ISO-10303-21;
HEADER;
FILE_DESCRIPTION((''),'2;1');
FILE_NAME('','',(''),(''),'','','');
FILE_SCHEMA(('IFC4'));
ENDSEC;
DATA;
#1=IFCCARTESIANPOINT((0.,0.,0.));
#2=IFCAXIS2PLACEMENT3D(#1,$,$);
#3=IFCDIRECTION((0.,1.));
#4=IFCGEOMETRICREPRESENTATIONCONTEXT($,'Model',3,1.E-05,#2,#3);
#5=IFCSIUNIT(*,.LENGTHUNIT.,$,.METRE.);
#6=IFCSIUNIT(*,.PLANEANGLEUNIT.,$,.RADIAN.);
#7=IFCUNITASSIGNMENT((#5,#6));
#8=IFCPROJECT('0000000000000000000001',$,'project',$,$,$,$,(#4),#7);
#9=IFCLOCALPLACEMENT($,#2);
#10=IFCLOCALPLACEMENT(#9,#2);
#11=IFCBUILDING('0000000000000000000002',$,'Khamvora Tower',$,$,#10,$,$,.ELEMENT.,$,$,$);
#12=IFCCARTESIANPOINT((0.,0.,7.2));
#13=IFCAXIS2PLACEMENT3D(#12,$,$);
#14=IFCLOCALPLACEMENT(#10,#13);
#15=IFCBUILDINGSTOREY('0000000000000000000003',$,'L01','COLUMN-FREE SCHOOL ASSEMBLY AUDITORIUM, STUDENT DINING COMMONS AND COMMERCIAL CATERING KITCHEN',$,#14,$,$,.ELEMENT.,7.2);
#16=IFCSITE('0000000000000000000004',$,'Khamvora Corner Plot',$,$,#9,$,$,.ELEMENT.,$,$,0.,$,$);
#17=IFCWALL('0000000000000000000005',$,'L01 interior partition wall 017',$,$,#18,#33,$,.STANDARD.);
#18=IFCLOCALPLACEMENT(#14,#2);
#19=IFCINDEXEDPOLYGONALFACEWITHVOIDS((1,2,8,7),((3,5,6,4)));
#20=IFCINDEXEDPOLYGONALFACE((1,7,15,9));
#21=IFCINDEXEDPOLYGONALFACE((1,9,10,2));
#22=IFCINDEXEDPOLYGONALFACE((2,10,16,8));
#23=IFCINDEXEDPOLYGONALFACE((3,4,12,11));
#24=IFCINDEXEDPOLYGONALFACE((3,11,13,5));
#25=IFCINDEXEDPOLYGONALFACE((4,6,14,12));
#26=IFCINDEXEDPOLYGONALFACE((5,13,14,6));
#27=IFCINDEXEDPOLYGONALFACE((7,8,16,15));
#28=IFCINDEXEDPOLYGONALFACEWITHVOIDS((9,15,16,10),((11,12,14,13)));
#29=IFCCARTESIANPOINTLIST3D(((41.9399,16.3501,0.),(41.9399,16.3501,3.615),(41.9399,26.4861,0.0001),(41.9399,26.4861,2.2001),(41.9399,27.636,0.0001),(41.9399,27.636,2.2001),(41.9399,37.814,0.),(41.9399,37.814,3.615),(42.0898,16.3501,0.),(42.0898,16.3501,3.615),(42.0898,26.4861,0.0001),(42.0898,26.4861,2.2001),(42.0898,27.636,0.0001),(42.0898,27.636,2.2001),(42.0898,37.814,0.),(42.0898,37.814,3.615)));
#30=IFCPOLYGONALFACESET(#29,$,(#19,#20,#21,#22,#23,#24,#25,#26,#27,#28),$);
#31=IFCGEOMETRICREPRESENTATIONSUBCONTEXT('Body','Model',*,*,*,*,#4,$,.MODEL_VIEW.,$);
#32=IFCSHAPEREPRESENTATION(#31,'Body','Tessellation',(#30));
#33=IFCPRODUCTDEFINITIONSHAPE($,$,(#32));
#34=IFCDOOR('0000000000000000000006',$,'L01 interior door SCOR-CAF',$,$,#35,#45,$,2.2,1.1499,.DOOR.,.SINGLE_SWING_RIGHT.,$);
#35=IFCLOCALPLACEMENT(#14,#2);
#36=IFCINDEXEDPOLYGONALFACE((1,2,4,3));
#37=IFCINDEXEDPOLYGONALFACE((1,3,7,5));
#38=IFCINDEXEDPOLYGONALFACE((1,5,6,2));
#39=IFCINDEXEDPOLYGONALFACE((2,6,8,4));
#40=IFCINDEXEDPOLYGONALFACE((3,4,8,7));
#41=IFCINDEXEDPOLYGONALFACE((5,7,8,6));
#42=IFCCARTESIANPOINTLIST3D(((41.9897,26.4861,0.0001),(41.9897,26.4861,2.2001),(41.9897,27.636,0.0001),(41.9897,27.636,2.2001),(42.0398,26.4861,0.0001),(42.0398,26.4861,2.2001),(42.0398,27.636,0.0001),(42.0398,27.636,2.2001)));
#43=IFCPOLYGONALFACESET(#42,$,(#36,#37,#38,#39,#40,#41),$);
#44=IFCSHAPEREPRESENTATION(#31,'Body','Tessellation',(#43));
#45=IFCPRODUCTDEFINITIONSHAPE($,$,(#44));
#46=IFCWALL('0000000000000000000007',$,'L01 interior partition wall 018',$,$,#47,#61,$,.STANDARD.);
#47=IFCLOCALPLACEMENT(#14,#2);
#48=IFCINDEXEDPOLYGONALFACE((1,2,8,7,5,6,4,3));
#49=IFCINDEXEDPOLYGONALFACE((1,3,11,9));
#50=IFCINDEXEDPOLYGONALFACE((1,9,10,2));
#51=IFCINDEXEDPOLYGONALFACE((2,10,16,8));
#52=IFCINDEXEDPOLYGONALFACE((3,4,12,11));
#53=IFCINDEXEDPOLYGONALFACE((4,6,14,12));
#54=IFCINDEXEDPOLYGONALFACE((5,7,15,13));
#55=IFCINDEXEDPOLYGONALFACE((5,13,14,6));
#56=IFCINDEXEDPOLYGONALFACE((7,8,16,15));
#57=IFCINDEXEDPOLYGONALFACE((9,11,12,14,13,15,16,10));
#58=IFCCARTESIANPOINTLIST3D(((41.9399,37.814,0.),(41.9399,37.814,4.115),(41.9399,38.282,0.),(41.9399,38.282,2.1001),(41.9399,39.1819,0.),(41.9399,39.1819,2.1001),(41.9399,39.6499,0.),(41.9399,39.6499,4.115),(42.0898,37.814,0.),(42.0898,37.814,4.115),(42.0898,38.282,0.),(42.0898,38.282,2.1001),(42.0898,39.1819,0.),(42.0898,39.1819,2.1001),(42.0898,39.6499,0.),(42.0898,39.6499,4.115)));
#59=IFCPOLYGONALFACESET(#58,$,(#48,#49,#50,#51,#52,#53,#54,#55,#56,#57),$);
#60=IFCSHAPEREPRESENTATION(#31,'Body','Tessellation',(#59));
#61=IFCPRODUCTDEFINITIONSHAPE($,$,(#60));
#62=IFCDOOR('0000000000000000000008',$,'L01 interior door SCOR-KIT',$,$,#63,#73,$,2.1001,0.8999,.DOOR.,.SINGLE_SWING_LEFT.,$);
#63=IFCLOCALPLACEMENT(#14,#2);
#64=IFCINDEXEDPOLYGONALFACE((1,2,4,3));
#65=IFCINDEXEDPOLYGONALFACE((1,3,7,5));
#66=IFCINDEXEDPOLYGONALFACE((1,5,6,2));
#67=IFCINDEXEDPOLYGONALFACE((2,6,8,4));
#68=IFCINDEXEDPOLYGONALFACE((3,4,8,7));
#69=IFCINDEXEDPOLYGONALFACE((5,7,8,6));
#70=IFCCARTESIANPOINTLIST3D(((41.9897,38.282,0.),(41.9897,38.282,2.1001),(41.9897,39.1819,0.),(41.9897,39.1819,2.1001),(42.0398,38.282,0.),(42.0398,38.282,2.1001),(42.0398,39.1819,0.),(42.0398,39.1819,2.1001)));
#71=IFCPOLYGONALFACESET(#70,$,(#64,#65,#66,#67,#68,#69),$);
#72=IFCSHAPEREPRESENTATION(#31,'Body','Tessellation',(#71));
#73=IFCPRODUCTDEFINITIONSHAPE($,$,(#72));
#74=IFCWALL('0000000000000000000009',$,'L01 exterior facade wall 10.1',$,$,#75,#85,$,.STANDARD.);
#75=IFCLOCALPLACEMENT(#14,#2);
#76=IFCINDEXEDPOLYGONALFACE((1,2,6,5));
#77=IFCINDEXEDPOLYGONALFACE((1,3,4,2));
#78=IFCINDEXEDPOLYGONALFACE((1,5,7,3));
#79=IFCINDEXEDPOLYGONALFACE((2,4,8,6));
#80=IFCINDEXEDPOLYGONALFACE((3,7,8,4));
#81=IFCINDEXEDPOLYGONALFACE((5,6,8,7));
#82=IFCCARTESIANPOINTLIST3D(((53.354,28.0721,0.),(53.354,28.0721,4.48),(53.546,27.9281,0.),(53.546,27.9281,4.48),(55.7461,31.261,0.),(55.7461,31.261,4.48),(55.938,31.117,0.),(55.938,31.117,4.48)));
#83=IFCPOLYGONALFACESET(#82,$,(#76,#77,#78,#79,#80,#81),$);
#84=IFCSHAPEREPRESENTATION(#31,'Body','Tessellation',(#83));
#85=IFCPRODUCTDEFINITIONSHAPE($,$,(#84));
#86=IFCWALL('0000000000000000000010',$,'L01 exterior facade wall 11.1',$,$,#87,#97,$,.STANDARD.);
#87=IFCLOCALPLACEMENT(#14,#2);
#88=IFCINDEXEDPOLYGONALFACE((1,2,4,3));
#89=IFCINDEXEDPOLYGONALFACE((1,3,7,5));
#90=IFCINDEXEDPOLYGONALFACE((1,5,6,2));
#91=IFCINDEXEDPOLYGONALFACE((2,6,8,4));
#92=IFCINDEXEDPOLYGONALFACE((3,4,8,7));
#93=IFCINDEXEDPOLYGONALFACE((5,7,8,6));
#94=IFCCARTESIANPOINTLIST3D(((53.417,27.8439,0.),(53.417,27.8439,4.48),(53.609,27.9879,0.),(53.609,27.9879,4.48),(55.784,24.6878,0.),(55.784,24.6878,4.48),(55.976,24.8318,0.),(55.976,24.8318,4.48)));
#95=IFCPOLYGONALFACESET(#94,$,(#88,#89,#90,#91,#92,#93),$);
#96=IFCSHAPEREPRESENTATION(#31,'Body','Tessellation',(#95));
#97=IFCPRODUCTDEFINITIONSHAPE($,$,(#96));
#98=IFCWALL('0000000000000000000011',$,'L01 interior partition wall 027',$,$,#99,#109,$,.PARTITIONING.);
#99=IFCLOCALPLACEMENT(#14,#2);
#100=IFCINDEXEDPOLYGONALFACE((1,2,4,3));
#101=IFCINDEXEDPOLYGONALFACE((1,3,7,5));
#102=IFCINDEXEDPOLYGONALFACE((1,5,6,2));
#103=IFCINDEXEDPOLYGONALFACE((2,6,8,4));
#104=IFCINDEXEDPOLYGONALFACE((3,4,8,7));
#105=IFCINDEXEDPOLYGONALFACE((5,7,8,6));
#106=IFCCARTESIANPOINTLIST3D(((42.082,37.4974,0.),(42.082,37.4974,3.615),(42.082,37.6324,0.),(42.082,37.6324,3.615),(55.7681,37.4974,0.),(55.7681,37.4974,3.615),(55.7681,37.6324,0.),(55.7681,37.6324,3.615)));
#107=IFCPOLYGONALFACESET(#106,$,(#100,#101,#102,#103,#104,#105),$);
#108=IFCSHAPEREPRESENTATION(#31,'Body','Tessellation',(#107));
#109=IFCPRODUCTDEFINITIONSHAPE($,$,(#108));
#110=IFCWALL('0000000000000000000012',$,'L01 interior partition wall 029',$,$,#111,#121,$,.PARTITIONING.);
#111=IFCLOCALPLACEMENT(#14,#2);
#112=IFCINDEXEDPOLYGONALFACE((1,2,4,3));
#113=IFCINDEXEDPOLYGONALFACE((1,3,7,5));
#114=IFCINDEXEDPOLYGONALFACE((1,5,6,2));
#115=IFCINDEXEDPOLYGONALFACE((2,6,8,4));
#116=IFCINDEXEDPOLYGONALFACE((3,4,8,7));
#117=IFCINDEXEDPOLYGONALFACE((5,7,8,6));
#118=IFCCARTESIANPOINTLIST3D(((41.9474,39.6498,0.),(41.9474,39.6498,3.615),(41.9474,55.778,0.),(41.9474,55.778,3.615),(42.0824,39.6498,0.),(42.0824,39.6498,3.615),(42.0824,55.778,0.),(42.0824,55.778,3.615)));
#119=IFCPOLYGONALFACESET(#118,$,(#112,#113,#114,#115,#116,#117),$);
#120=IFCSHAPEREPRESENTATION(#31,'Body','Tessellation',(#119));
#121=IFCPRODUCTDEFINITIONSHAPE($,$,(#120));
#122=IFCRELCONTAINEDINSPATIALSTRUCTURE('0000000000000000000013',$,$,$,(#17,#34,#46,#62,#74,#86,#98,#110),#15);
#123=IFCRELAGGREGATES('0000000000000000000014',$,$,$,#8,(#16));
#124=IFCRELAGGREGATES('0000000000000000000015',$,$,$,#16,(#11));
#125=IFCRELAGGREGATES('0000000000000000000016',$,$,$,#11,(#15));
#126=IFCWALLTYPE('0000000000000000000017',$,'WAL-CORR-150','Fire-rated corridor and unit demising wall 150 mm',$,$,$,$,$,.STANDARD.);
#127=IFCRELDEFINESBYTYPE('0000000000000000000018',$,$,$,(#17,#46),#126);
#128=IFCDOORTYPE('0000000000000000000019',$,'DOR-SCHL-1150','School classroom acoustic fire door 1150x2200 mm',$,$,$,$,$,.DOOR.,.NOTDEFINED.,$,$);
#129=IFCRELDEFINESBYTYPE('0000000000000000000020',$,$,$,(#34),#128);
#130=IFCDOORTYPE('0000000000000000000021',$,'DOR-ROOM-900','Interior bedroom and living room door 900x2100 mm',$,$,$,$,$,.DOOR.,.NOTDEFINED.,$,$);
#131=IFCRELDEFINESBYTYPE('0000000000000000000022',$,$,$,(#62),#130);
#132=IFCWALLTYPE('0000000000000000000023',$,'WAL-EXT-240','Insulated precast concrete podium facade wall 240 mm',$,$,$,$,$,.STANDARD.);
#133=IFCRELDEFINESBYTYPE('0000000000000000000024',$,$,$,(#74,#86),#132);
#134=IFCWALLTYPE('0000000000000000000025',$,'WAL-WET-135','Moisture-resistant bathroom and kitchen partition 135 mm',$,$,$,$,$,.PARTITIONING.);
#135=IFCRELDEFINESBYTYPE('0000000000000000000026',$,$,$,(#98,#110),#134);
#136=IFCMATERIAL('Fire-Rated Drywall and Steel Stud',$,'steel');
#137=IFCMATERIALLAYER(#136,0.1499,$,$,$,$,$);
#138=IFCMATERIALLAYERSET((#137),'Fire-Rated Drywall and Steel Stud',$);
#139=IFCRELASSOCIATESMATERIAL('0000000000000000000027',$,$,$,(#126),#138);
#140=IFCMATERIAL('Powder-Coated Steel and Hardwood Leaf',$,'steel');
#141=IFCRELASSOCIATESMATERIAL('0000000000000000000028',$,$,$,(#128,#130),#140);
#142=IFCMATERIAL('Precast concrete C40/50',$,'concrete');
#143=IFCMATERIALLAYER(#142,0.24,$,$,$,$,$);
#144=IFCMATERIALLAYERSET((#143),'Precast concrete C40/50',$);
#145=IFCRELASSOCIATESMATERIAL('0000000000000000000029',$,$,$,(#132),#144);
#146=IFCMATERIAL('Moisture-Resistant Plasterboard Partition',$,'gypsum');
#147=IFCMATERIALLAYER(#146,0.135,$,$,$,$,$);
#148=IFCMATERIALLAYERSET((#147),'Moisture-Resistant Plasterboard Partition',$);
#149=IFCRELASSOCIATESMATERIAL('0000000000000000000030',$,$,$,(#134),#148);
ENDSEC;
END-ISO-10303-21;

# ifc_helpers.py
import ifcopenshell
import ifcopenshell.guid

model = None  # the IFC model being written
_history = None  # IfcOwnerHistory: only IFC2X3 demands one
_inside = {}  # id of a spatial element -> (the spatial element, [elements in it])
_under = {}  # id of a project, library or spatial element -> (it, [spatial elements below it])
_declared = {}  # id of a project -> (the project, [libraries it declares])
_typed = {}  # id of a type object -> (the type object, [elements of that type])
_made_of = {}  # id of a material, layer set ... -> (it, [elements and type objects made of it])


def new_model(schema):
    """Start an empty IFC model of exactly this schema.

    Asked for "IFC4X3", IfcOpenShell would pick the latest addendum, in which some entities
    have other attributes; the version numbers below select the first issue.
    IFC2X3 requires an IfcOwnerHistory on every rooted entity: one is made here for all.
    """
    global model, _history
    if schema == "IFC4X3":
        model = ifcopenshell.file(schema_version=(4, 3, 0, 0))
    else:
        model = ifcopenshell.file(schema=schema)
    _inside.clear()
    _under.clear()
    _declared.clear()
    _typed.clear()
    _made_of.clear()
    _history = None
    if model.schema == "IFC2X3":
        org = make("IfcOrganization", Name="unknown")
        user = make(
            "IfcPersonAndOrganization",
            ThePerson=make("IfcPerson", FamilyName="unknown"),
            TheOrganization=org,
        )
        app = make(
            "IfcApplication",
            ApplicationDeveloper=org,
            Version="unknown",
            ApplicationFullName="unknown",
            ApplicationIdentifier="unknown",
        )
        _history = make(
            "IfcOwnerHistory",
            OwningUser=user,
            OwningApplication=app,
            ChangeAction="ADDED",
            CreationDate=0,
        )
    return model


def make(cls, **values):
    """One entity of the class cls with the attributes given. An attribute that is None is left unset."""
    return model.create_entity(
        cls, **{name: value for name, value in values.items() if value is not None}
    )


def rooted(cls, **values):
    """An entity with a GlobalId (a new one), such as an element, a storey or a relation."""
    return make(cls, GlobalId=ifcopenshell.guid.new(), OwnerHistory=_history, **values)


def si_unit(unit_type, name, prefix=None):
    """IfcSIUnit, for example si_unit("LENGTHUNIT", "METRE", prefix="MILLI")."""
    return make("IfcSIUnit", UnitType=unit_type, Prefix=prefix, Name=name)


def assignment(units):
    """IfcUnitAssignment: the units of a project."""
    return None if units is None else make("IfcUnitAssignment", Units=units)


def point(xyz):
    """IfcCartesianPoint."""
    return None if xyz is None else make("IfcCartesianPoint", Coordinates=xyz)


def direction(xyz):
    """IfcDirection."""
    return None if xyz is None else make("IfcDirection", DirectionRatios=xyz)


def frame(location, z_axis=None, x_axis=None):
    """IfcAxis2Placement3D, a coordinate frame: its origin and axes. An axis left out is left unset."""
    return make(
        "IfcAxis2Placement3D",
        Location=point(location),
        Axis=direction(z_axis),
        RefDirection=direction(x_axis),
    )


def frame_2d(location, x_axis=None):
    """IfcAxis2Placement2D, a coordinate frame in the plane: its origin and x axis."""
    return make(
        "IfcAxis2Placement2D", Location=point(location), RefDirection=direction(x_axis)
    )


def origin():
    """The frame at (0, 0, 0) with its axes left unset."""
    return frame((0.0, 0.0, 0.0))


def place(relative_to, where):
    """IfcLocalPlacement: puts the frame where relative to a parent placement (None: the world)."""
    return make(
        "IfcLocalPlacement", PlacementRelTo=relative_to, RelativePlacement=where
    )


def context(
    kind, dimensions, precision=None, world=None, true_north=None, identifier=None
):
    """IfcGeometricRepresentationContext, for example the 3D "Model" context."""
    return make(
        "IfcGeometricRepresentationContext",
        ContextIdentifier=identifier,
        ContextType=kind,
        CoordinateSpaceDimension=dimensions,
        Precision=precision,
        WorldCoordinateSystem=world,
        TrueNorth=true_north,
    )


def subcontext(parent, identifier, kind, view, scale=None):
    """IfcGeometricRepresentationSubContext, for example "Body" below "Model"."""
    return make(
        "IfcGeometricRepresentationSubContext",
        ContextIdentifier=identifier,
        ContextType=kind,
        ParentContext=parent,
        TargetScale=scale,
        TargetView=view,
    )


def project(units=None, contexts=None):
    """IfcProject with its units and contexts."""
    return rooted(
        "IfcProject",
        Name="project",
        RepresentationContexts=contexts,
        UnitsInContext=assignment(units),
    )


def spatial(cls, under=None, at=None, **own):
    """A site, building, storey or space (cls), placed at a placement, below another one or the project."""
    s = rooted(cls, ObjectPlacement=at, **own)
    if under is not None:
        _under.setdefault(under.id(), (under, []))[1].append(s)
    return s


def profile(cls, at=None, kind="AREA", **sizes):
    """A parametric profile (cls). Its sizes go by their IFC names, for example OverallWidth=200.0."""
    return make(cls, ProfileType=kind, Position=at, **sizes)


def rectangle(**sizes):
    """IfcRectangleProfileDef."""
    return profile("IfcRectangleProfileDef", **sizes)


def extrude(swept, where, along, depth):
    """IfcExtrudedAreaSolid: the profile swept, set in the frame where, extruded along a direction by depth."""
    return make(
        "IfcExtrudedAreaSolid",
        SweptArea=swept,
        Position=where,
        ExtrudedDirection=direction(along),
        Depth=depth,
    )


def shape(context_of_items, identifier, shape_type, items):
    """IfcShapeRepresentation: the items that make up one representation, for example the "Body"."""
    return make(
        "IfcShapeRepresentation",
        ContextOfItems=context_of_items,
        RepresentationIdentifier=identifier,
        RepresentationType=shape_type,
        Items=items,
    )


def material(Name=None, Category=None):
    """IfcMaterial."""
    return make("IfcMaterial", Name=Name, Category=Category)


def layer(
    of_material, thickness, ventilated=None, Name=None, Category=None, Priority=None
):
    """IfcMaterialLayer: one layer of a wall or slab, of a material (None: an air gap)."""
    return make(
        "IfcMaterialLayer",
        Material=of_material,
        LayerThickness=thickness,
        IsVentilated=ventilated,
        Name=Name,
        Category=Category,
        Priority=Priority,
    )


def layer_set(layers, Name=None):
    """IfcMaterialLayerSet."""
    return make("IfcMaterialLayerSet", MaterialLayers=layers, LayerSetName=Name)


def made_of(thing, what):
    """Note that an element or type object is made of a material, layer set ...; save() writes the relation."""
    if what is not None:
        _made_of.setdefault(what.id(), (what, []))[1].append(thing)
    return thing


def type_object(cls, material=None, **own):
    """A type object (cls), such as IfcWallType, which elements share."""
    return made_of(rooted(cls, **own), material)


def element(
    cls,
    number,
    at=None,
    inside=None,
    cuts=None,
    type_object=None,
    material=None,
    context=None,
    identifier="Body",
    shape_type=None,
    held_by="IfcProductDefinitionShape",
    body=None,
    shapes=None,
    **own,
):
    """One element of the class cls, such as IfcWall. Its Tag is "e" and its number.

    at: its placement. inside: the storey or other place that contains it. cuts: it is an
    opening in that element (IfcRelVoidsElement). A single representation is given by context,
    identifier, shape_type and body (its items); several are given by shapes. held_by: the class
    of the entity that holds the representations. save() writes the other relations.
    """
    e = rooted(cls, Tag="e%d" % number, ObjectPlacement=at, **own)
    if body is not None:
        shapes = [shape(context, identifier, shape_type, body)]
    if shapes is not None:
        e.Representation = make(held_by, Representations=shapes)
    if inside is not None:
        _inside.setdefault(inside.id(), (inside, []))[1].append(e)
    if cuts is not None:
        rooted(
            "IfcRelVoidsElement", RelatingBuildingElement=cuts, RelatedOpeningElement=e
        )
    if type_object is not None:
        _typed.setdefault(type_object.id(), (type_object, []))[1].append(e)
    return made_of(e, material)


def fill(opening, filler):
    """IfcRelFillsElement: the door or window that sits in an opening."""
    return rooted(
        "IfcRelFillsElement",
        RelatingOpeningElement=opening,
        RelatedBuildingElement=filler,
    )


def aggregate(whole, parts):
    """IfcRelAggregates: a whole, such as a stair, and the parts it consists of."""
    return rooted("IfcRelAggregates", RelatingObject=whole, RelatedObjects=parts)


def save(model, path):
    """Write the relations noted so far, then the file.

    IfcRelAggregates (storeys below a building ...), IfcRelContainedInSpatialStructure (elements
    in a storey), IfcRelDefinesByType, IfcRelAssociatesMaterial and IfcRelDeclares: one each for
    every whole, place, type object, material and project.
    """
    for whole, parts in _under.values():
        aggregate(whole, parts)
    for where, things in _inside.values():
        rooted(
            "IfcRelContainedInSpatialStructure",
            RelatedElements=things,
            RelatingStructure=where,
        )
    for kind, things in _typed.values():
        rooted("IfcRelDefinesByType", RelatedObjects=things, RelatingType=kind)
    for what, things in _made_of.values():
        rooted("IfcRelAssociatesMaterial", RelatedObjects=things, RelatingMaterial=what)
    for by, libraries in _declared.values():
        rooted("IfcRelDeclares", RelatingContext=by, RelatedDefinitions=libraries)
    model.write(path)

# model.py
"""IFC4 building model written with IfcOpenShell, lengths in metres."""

from ifc_helpers import new_model, si_unit, direction, frame, frame_2d, origin, place, context, subcontext, project, spatial, rectangle, extrude, material, layer, layer_set, type_object, element, fill, save


model = new_model("IFC4")

# Units and contexts
model_context = context("Model", 3, precision=1e-05, world=origin(), true_north=direction((0.0, 1.0)))
body_context = subcontext(model_context, "Body", "Model", "MODEL_VIEW")
ifc_project = project(units=[si_unit("LENGTHUNIT", "METRE"), si_unit("PLANEANGLEUNIT", "RADIAN")], contexts=[model_context])

# Site, building, storey
site_placement = place(None, origin())
site = spatial("IfcSite", under=ifc_project, at=site_placement, Name="Khamvora Corner Plot", CompositionType="ELEMENT", RefElevation=0.0)
building_placement = place(site_placement, origin())
building = spatial("IfcBuilding", under=site, at=building_placement, Name="Khamvora Tower", CompositionType="ELEMENT")
storey_placement = place(building_placement, frame((0.0, 0.0, 7.2)))
storey = spatial("IfcBuildingStorey", under=building, at=storey_placement, Name="L01", Description="COLUMN-FREE SCHOOL ASSEMBLY AUDITORIUM, STUDENT DINING COMMONS AND COMMERCIAL CATERING KITCHEN", CompositionType="ELEMENT", Elevation=7.2)

# Walls, openings, doors
ifc_material_1 = material(Name="Fire-Rated Drywall and Steel Stud", Category="steel")
ifc_layer_1 = layer(ifc_material_1, 0.1499)
ifc_layer_set_1 = layer_set([ifc_layer_1], Name="Fire-Rated Drywall and Steel Stud")
wall_type_1 = type_object("IfcWallType", Name="WAL-CORR-150", Description="Fire-rated corridor and unit demising wall 150 mm", PredefinedType="STANDARD", material=ifc_layer_set_1)
wall_1_placement = place(storey_placement, frame((42.0149, 37.814, 0.0), z_axis=(0.0, 0.0, 1.0), x_axis=(0.0, -1.0, 0.0)))
wall_1 = element("IfcWall", 1, at=wall_1_placement, inside=storey, type_object=wall_type_1, Name="L01 interior partition wall 017", PredefinedType="STANDARD", context=body_context, shape_type="SweptSolid", body=[
    extrude(rectangle(XDim=21.4639, YDim=0.1499, at=frame_2d((10.7319, 0.0))), origin(), (0.0, 0.0, 1.0), 3.615),
])
opening_1_placement = place(wall_1_placement, frame((10.178, 0.0, 0.0)))
opening_1 = element("IfcOpeningElement", 2, at=opening_1_placement, cuts=wall_1, PredefinedType="OPENING", context=body_context, shape_type="SweptSolid", body=[
    extrude(rectangle(XDim=1.1499, YDim=2.2, at=frame_2d((0.575, 1.1001))), frame((0.0, 0.085, 0.0), z_axis=(0.0, -1.0, 0.0), x_axis=(1.0, 0.0, 0.0)), (0.0, 0.0, 1.0), 0.1699),
])
ifc_material_2 = material(Name="Powder-Coated Steel and Hardwood Leaf", Category="steel")
door_type_1 = type_object("IfcDoorType", Name="DOR-SCHL-1150", Description="School classroom acoustic fire door 1150x2200 mm", OperationType="NOTDEFINED", PredefinedType="DOOR", material=ifc_material_2)
door_1_placement = place(opening_1_placement, origin())
door_1 = element("IfcDoor", 3, at=door_1_placement, inside=storey, type_object=door_type_1, Name="L01 interior door SCOR-CAF", OperationType="SINGLE_SWING_RIGHT", OverallHeight=2.2, OverallWidth=1.1499, PredefinedType="DOOR", context=body_context, shape_type="SweptSolid", body=[
    extrude(rectangle(XDim=1.1499, YDim=2.2, at=frame_2d((0.575, 1.1001))), frame((0.0, 0.0249, 0.0), z_axis=(0.0, -1.0, 0.0), x_axis=(1.0, 0.0, 0.0)), (0.0, 0.0, 1.0), 0.05),
])
fill(opening_1, door_1)
wall_2_placement = place(storey_placement, frame((42.0149, 39.6499, 0.0), z_axis=(0.0, 0.0, 1.0), x_axis=(0.0, -1.0, 0.0)))
wall_2 = element("IfcWall", 4, at=wall_2_placement, inside=storey, type_object=wall_type_1, Name="L01 interior partition wall 018", PredefinedType="STANDARD", context=body_context, shape_type="SweptSolid", body=[
    extrude(rectangle(XDim=1.8359, YDim=0.1499, at=frame_2d((0.918, 0.0))), origin(), (0.0, 0.0, 1.0), 4.115),
])
opening_2_placement = place(wall_2_placement, frame((0.468, 0.0, 0.0)))
opening_2 = element("IfcOpeningElement", 5, at=opening_2_placement, cuts=wall_2, PredefinedType="OPENING", context=body_context, shape_type="SweptSolid", body=[
    extrude(rectangle(XDim=0.8999, YDim=2.1001, at=frame_2d((0.45, 1.05))), frame((0.0, 0.085, 0.0), z_axis=(0.0, -1.0, 0.0), x_axis=(1.0, 0.0, 0.0)), (0.0, 0.0, 1.0), 0.1699),
])
door_type_2 = type_object("IfcDoorType", Name="DOR-ROOM-900", Description="Interior bedroom and living room door 900x2100 mm", OperationType="NOTDEFINED", PredefinedType="DOOR", material=ifc_material_2)
door_2_placement = place(opening_2_placement, origin())
door_2 = element("IfcDoor", 6, at=door_2_placement, inside=storey, type_object=door_type_2, Name="L01 interior door SCOR-KIT", OperationType="SINGLE_SWING_LEFT", OverallHeight=2.1001, OverallWidth=0.8999, PredefinedType="DOOR", context=body_context, shape_type="SweptSolid", body=[
    extrude(rectangle(XDim=0.8999, YDim=2.1001, at=frame_2d((0.45, 1.05))), frame((0.0, 0.0249, 0.0), z_axis=(0.0, -1.0, 0.0), x_axis=(1.0, 0.0, 0.0)), (0.0, 0.0, 1.0), 0.05),
])
fill(opening_2, door_2)

# Walls
ifc_material_3 = material(Name="Precast concrete C40/50", Category="concrete")
ifc_layer_2 = layer(ifc_material_3, 0.24)
ifc_layer_set_2 = layer_set([ifc_layer_2], Name="Precast concrete C40/50")
wall_type_2 = type_object("IfcWallType", Name="WAL-EXT-240", Description="Insulated precast concrete podium facade wall 240 mm", PredefinedType="STANDARD", material=ifc_layer_set_2)
wall_3_placement = place(storey_placement, frame((55.842, 31.189, 0.0), z_axis=(0.0, 0.0, 1.0), x_axis=(-0.600059, -0.799956, 0.0)))
element("IfcWall", 7, at=wall_3_placement, inside=storey, type_object=wall_type_2, Name="L01 exterior facade wall 10.1", PredefinedType="STANDARD", context=body_context, shape_type="SweptSolid", body=[
    extrude(rectangle(XDim=3.9863, YDim=0.24, at=frame_2d((1.9932, 0.0))), origin(), (0.0, 0.0, 1.0), 4.48),
])
wall_4_placement = place(storey_placement, frame((53.5129, 27.916, 0.0), z_axis=(0.0, 0.0, 1.0), x_axis=(0.59999, -0.800007, 0.0)))
element("IfcWall", 8, at=wall_4_placement, inside=storey, type_object=wall_type_2, Name="L01 exterior facade wall 11.1", PredefinedType="STANDARD", context=body_context, shape_type="SweptSolid", body=[
    extrude(rectangle(XDim=3.9451, YDim=0.24, at=frame_2d((1.9727, 0.0))), origin(), (0.0, 0.0, 1.0), 4.48),
])
ifc_material_4 = material(Name="Moisture-Resistant Plasterboard Partition", Category="gypsum")
ifc_layer_3 = layer(ifc_material_4, 0.135)
ifc_layer_set_3 = layer_set([ifc_layer_3], Name="Moisture-Resistant Plasterboard Partition")
wall_type_3 = type_object("IfcWallType", Name="WAL-WET-135", Description="Moisture-resistant bathroom and kitchen partition 135 mm", PredefinedType="PARTITIONING", material=ifc_layer_set_3)
wall_5_placement = place(storey_placement, frame((42.082, 37.5649, 0.0), z_axis=(0.0, 0.0, 1.0), x_axis=(1.0, 0.0, 0.0)))
element("IfcWall", 9, at=wall_5_placement, inside=storey, type_object=wall_type_3, Name="L01 interior partition wall 027", PredefinedType="PARTITIONING", context=body_context, shape_type="SweptSolid", body=[
    extrude(rectangle(XDim=13.686, YDim=0.135, at=frame_2d((6.843, 0.0))), origin(), (0.0, 0.0, 1.0), 3.615),
])
wall_6_placement = place(storey_placement, frame((42.0149, 39.6499, 0.0), z_axis=(0.0, 0.0, 1.0), x_axis=(0.0, 1.0, 0.0)))
element("IfcWall", 10, at=wall_6_placement, inside=storey, type_object=wall_type_3, Name="L01 interior partition wall 029", PredefinedType="PARTITIONING", context=body_context, shape_type="SweptSolid", body=[
    extrude(rectangle(XDim=16.1282, YDim=0.135, at=frame_2d((8.064, 0.0))), origin(), (0.0, 0.0, 1.0), 3.615),
])

save(model, "model.ifc")
